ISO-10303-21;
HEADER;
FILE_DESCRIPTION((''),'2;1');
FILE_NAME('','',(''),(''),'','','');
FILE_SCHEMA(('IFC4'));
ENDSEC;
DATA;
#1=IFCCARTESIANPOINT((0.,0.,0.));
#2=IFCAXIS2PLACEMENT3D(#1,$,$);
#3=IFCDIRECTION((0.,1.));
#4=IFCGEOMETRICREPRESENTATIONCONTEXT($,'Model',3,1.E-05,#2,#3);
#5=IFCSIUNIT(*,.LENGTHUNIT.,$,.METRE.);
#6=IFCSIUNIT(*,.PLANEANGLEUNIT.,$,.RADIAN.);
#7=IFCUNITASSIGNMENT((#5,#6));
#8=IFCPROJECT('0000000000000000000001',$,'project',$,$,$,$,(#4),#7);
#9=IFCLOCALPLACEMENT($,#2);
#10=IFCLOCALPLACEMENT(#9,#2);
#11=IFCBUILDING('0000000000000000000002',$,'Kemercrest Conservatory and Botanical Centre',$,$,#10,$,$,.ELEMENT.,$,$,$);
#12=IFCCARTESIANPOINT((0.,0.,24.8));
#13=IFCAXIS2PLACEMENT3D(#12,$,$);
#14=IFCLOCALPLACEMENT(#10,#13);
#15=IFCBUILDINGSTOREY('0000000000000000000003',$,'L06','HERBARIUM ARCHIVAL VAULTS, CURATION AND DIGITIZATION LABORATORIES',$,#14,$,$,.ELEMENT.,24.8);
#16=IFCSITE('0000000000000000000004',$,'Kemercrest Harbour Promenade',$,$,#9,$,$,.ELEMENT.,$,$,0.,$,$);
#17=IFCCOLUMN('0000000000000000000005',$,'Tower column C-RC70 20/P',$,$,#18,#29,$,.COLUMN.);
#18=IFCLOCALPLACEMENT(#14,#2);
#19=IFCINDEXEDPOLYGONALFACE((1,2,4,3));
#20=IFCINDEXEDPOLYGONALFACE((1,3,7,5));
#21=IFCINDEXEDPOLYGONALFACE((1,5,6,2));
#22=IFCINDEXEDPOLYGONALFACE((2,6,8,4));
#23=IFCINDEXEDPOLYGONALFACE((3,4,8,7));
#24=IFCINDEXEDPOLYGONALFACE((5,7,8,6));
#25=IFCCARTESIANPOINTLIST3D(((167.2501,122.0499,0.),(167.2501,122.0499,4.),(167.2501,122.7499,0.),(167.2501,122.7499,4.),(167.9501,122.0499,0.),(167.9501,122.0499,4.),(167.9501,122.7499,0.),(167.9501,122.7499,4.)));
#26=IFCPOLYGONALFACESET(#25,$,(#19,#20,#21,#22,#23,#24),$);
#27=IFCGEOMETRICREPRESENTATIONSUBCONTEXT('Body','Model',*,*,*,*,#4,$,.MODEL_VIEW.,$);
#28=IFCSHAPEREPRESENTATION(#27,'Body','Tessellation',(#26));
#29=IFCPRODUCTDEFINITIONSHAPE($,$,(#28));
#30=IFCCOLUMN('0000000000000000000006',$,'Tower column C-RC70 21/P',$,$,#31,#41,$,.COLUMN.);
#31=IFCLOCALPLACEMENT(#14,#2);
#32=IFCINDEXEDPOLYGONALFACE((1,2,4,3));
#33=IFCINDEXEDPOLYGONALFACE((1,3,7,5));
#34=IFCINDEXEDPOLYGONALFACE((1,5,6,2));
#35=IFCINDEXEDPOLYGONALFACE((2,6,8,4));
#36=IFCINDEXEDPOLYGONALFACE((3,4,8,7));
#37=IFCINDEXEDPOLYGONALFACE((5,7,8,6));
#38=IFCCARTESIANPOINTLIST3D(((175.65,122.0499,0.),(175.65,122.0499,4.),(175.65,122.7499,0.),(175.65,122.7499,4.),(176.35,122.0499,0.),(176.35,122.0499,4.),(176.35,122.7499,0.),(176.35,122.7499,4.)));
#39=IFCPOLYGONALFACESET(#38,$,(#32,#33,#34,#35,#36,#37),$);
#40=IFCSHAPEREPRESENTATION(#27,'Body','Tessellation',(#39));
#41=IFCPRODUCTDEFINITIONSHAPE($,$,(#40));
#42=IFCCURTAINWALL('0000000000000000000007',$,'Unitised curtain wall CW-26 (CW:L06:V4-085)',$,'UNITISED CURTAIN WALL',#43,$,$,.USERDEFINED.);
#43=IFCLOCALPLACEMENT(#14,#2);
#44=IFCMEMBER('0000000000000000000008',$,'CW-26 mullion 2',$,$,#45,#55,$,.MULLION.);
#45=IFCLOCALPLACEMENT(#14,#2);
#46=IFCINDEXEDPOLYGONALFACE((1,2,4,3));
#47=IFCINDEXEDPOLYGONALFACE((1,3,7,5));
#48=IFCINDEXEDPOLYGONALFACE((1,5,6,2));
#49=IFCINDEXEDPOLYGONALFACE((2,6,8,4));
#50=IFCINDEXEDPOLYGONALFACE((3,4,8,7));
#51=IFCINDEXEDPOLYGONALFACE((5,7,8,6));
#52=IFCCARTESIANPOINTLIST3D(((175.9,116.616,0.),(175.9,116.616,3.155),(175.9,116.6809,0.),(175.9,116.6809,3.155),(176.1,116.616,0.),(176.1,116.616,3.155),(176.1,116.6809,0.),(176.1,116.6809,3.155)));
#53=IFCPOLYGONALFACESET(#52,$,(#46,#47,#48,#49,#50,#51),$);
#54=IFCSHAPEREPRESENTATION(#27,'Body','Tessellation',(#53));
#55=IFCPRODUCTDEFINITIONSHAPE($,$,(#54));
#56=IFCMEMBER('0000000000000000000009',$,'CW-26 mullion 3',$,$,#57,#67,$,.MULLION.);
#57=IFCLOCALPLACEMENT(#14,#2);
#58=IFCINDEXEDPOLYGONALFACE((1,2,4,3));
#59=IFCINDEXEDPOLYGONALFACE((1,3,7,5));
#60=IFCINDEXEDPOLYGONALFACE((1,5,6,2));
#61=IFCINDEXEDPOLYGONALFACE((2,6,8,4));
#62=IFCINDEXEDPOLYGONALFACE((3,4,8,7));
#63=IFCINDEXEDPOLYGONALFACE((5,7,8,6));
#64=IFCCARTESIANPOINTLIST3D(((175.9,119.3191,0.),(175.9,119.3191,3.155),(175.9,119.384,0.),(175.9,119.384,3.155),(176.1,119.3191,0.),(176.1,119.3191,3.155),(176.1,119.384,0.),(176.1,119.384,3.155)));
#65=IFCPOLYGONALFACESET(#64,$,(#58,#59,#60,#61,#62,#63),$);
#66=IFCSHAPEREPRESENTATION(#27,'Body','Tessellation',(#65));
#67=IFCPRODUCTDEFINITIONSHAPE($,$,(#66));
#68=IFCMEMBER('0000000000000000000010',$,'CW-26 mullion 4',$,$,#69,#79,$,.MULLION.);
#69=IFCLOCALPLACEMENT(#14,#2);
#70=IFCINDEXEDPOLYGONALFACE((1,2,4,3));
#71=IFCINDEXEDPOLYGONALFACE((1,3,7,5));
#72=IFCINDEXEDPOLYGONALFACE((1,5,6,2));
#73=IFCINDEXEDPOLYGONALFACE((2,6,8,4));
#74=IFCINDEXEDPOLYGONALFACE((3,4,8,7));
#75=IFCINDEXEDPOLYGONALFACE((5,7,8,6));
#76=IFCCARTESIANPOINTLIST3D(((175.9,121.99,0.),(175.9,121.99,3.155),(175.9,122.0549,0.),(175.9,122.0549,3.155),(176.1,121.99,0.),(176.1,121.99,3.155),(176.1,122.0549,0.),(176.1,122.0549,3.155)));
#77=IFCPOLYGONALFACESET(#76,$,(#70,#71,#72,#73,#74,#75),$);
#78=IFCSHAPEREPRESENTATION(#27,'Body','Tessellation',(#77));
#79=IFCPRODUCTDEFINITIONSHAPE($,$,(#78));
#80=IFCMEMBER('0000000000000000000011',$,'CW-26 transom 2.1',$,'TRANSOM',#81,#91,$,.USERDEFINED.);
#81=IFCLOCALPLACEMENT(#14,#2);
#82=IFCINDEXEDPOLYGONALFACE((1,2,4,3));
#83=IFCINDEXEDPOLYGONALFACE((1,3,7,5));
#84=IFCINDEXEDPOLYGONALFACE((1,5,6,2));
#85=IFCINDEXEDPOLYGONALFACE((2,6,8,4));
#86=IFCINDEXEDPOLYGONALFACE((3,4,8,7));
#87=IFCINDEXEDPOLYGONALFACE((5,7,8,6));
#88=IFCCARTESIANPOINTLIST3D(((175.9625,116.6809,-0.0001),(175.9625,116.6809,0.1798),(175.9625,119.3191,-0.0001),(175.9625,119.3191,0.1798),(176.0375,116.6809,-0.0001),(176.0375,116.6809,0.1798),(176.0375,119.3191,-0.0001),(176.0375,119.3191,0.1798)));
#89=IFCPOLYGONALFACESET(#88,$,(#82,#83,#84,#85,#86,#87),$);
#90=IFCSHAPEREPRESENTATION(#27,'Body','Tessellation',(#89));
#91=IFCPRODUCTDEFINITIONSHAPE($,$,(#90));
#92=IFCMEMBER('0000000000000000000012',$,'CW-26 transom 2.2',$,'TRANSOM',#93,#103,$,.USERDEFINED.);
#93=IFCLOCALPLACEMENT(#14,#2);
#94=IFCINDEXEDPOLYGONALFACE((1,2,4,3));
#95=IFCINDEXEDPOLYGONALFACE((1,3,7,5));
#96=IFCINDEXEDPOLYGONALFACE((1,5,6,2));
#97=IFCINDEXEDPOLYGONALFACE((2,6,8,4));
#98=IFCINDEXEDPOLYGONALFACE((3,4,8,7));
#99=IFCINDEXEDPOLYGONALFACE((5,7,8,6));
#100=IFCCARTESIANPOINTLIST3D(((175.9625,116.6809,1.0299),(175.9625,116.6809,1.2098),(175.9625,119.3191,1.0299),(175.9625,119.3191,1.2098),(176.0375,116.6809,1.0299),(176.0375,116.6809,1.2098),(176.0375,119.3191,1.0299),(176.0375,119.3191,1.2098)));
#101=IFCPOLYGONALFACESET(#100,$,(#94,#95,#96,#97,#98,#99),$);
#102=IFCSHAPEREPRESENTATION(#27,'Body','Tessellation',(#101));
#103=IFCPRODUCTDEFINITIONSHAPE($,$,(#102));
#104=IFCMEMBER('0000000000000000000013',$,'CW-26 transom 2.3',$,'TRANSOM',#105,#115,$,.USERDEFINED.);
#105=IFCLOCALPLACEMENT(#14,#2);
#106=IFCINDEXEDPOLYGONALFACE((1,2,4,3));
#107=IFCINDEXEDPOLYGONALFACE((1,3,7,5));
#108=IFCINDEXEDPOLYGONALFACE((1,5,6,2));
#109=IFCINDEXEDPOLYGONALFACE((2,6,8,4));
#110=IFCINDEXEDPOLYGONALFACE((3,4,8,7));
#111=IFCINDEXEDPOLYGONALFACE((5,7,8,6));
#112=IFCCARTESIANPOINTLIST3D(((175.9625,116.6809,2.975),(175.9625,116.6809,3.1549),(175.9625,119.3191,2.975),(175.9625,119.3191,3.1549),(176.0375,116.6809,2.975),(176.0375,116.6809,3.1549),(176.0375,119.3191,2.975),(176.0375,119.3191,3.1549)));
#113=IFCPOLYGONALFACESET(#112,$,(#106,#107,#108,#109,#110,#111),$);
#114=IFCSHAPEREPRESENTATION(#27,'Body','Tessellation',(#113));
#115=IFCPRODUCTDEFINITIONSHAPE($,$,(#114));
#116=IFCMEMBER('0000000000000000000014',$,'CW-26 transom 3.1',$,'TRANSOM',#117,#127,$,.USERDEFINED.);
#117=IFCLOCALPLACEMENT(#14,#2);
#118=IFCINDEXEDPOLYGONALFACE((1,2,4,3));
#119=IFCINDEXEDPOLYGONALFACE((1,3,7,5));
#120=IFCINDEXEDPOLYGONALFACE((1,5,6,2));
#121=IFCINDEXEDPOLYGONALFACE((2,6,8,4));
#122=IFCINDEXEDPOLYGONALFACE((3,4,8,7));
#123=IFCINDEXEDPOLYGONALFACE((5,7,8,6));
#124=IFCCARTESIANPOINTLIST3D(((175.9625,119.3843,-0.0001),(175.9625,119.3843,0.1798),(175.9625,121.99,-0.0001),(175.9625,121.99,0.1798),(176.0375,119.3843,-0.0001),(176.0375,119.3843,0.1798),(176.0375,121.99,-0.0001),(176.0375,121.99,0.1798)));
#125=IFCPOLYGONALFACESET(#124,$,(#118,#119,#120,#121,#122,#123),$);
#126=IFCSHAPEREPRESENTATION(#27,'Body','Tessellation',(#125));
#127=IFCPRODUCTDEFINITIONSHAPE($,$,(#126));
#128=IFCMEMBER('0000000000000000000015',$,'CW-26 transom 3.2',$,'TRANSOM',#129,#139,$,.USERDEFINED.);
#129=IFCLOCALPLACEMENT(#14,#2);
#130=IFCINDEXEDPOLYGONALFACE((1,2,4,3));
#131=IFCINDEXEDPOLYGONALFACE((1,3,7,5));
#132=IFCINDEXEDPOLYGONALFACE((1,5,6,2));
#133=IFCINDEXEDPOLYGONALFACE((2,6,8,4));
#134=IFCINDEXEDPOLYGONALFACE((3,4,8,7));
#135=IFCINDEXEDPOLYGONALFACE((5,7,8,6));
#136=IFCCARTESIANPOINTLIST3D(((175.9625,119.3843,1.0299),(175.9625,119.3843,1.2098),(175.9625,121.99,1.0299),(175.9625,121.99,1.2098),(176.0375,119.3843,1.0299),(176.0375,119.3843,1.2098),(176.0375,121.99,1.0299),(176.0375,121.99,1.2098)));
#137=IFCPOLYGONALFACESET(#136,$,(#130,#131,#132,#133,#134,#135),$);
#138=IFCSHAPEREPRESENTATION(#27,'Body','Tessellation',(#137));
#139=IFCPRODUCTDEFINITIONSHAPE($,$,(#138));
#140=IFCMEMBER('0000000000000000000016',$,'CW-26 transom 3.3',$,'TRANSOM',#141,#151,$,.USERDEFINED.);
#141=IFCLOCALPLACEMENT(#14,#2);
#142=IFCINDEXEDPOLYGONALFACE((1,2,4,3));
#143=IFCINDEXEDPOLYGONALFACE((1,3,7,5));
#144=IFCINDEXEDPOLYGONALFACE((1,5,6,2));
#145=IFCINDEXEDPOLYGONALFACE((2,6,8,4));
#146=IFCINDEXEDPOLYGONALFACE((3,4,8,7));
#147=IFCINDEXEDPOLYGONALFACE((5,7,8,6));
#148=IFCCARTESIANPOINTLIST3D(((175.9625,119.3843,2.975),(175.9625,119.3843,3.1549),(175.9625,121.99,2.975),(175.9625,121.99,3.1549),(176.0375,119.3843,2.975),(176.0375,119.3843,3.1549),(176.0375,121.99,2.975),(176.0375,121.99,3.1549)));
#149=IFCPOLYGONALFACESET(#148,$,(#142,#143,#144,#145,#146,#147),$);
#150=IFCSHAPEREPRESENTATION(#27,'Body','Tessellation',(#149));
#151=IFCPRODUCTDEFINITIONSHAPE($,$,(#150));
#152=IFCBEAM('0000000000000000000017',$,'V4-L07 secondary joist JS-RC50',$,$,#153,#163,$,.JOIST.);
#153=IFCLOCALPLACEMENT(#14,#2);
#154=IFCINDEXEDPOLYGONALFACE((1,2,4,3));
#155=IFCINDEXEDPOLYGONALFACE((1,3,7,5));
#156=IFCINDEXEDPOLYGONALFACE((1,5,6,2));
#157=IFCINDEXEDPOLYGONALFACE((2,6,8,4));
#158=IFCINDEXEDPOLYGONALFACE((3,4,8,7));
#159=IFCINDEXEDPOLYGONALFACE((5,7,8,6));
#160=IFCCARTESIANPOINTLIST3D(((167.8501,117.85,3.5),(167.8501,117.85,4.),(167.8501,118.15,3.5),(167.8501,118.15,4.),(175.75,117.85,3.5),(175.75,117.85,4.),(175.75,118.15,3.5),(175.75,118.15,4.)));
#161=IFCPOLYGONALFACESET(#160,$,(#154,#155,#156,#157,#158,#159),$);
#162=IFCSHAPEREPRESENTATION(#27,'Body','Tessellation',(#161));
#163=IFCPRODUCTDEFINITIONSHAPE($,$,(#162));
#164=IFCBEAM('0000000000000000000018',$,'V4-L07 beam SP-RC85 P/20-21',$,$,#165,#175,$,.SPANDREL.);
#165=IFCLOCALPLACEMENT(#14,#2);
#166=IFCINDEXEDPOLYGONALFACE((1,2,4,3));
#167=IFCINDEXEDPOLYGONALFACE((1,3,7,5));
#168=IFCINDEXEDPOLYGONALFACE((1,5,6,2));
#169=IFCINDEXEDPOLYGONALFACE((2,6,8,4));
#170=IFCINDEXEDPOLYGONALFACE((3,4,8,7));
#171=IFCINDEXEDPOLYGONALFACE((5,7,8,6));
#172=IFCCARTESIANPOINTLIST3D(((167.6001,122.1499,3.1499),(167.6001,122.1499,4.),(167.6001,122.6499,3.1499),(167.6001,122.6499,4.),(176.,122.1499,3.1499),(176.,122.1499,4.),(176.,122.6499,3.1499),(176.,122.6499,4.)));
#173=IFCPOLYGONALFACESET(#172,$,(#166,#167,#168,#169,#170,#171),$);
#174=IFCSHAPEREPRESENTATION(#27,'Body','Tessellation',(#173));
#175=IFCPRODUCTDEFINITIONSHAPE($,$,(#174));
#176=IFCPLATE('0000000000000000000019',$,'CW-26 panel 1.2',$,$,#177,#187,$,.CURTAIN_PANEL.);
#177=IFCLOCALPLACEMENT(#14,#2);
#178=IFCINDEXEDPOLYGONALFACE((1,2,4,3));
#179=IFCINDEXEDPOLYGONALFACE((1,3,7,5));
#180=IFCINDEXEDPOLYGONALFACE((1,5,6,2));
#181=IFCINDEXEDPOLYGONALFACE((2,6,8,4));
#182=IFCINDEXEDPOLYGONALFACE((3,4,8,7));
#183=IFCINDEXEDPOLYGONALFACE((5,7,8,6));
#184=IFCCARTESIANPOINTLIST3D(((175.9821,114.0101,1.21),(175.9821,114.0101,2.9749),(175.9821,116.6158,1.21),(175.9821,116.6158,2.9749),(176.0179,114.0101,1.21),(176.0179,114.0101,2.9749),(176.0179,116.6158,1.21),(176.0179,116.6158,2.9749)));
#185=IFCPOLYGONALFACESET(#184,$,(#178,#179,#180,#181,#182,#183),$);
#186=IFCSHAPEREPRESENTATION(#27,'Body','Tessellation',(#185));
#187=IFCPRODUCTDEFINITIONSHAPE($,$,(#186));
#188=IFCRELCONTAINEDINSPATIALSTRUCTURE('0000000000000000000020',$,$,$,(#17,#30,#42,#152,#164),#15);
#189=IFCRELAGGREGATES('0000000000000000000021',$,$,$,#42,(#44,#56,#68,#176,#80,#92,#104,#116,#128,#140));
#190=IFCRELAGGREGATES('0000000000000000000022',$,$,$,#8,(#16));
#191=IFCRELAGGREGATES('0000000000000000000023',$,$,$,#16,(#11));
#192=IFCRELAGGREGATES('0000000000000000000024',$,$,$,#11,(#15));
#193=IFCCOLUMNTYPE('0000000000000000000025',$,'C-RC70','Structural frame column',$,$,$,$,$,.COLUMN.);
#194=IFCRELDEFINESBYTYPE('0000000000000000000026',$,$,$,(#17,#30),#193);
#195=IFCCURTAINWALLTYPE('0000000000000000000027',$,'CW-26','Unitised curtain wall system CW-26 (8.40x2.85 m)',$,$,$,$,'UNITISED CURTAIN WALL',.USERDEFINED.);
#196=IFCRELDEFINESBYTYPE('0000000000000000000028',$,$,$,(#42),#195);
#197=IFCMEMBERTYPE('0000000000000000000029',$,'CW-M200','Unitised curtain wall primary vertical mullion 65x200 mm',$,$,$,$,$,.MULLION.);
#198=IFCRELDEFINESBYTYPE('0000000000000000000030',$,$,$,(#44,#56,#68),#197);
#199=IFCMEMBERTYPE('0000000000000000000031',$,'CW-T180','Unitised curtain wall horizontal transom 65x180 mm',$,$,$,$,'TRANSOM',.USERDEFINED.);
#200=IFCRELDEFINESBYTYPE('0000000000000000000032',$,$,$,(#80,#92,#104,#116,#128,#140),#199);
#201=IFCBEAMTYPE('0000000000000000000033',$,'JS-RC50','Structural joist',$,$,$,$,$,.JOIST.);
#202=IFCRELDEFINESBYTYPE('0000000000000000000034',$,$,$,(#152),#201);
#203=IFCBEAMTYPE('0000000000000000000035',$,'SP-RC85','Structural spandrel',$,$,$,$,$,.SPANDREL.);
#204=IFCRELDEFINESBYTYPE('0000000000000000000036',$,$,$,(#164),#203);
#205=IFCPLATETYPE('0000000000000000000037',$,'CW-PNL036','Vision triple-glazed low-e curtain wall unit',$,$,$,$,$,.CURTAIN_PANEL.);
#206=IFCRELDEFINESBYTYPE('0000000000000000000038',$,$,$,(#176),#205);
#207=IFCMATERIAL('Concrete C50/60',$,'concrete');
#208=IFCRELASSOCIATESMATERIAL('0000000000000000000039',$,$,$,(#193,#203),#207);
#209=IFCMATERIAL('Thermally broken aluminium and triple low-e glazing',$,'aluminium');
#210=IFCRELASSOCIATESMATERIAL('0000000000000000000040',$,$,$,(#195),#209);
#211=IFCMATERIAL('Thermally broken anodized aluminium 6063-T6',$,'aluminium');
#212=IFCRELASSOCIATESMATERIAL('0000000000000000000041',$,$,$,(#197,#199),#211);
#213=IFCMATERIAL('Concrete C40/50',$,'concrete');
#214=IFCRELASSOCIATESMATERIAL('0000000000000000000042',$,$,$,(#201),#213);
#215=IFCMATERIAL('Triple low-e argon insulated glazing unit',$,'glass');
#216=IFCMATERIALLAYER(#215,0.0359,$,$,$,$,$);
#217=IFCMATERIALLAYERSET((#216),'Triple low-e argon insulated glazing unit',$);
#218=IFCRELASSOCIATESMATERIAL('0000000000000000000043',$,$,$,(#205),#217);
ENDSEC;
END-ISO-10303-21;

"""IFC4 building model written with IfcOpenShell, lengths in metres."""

from ifc_helpers import new_model, si_unit, direction, frame, origin, origin_2d, place, context, subcontext, project, spatial, rectangle, extrude, material, layer, layer_set, material_profile, profile_set, type_object, element, aggregate, save


model = new_model("IFC4")

# Units and contexts
model_context = context("Model", 3, precision=1e-05, world=origin(), true_north=direction((0.0, 1.0)))
body_context = subcontext(model_context, "Body", "Model", "MODEL_VIEW")
ifc_project = project(units=[si_unit("LENGTHUNIT", "METRE"), si_unit("PLANEANGLEUNIT", "RADIAN")], contexts=[model_context])

# Site, building, storey
site_placement = place(None, origin())
site = spatial("IfcSite", under=ifc_project, at=site_placement, Name="Kemercrest Harbour Promenade", CompositionType="ELEMENT", RefElevation=0.0)
building_placement = place(site_placement, origin())
building = spatial("IfcBuilding", under=site, at=building_placement, Name="Kemercrest Conservatory and Botanical Centre", CompositionType="ELEMENT")
storey_placement = place(building_placement, frame((0.0, 0.0, 24.8)))
storey = spatial("IfcBuildingStorey", under=building, at=storey_placement, Name="L06", Description="HERBARIUM ARCHIVAL VAULTS, CURATION AND DIGITIZATION LABORATORIES", CompositionType="ELEMENT", Elevation=24.8)

# Columns
ifc_material_1 = material(Name="Concrete C50/60", Category="concrete")
ifc_material_profile_1 = material_profile(ifc_material_1, rectangle(XDim=0.7, YDim=0.7, at=origin_2d()), Name="RC 700x700")
ifc_profile_set_1 = profile_set([ifc_material_profile_1], Name="Concrete C50/60")
column_type = type_object("IfcColumnType", Name="C-RC70", Description="Structural frame column", PredefinedType="COLUMN", material=ifc_profile_set_1)
for number, where, z_axis, x_axis, name in (
    (1, (167.6001, 122.3999, 0.0), (0.0, 0.0, 1.0), (1.0, 0.0, 0.0), "Tower column C-RC70 20/P"),
    (2, (176.0, 122.3999, 0.0), (0.0, 0.0, 1.0), (1.0, 0.0, 0.0), "Tower column C-RC70 21/P"),
):
    element("IfcColumn", number, at=place(storey_placement, frame(where, z_axis=z_axis, x_axis=x_axis)), inside=storey, type_object=column_type, Name=name, PredefinedType="COLUMN", context=body_context, shape_type="SweptSolid", body=[
        extrude(rectangle(XDim=0.7, YDim=0.7, at=origin_2d()), origin(), (0.0, 0.0, 1.0), 4.0),
    ])

# Curtain wall, members
ifc_material_2 = material(Name="Thermally broken aluminium and triple low-e glazing", Category="aluminium")
curtain_wall_type = type_object("IfcCurtainWallType", Name="CW-26", Description="Unitised curtain wall system CW-26 (8.40x2.85 m)", ElementType="UNITISED CURTAIN WALL", PredefinedType="USERDEFINED", material=ifc_material_2)
curtain_wall_placement = place(storey_placement, origin())
curtain_wall = element("IfcCurtainWall", 3, at=curtain_wall_placement, inside=storey, type_object=curtain_wall_type, Name="Unitised curtain wall CW-26 (CW:L06:V4-085)", ObjectType="UNITISED CURTAIN WALL", PredefinedType="USERDEFINED")
ifc_material_3 = material(Name="Thermally broken anodized aluminium 6063-T6", Category="aluminium")
ifc_material_profile_2 = material_profile(ifc_material_3, rectangle(XDim=0.2, YDim=0.0649, at=origin_2d()), Name="AL MULLION 65x200")
ifc_profile_set_2 = profile_set([ifc_material_profile_2], Name="Thermally broken anodized aluminium 6063-T6")
member_type_1 = type_object("IfcMemberType", Name="CW-M200", Description="Unitised curtain wall primary vertical mullion 65x200 mm", PredefinedType="MULLION", material=ifc_profile_set_2)
member_1_placement = place(storey_placement, frame((176.0, 116.6484, 0.0), z_axis=(0.0, 0.0, 1.0), x_axis=(-1.0, 0.0, 0.0)))
member_1 = element("IfcMember", 4, at=member_1_placement, type_object=member_type_1, Name="CW-26 mullion 2", PredefinedType="MULLION", context=body_context, shape_type="SweptSolid", body=[
    extrude(rectangle(XDim=0.2, YDim=0.0649, at=origin_2d()), origin(), (0.0, 0.0, 1.0), 3.155),
])
member_2_placement = place(storey_placement, frame((176.0, 119.3516, 0.0), z_axis=(0.0, 0.0, 1.0), x_axis=(-1.0, 0.0, 0.0)))
member_2 = element("IfcMember", 5, at=member_2_placement, type_object=member_type_1, Name="CW-26 mullion 3", PredefinedType="MULLION", context=body_context, shape_type="SweptSolid", body=[
    extrude(rectangle(XDim=0.2, YDim=0.0649, at=origin_2d()), origin(), (0.0, 0.0, 1.0), 3.155),
])
member_3_placement = place(storey_placement, frame((176.0, 122.0225, 0.0), z_axis=(0.0, 0.0, 1.0), x_axis=(-1.0, 0.0, 0.0)))
member_3 = element("IfcMember", 6, at=member_3_placement, type_object=member_type_1, Name="CW-26 mullion 4", PredefinedType="MULLION", context=body_context, shape_type="SweptSolid", body=[
    extrude(rectangle(XDim=0.2, YDim=0.0649, at=origin_2d()), origin(), (0.0, 0.0, 1.0), 3.155),
])
ifc_material_profile_3 = material_profile(ifc_material_3, rectangle(XDim=0.075, YDim=0.1799, at=origin_2d()), Name="AL TRANSOM 75x180")
ifc_profile_set_3 = profile_set([ifc_material_profile_3], Name="Thermally broken anodized aluminium 6063-T6")
member_type_2 = type_object("IfcMemberType", Name="CW-T180", Description="Unitised curtain wall horizontal transom 65x180 mm", ElementType="TRANSOM", PredefinedType="USERDEFINED", material=ifc_profile_set_3)
member_4_placement = place(storey_placement, frame((176.0, 116.6809, 0.0898), z_axis=(0.0, 1.0, 0.0), x_axis=(-1.0, 0.0, 0.0)))
member_4 = element("IfcMember", 7, at=member_4_placement, type_object=member_type_2, Name="CW-26 transom 2.1", ObjectType="TRANSOM", PredefinedType="USERDEFINED", context=body_context, shape_type="SweptSolid", body=[
    extrude(rectangle(XDim=0.075, YDim=0.1799, at=origin_2d()), origin(), (0.0, 0.0, 1.0), 2.6382),
])
member_5_placement = place(storey_placement, frame((176.0, 116.6809, 1.1199), z_axis=(0.0, 1.0, 0.0), x_axis=(-1.0, 0.0, 0.0)))
member_5 = element("IfcMember", 8, at=member_5_placement, type_object=member_type_2, Name="CW-26 transom 2.2", ObjectType="TRANSOM", PredefinedType="USERDEFINED", context=body_context, shape_type="SweptSolid", body=[
    extrude(rectangle(XDim=0.075, YDim=0.1799, at=origin_2d()), origin(), (0.0, 0.0, 1.0), 2.6382),
])
member_6_placement = place(storey_placement, frame((176.0, 116.6809, 3.0649), z_axis=(0.0, 1.0, 0.0), x_axis=(-1.0, 0.0, 0.0)))
member_6 = element("IfcMember", 9, at=member_6_placement, type_object=member_type_2, Name="CW-26 transom 2.3", ObjectType="TRANSOM", PredefinedType="USERDEFINED", context=body_context, shape_type="SweptSolid", body=[
    extrude(rectangle(XDim=0.075, YDim=0.1799, at=origin_2d()), origin(), (0.0, 0.0, 1.0), 2.6382),
])
member_7_placement = place(storey_placement, frame((176.0, 119.3843, 0.0898), z_axis=(0.0, 1.0, 0.0), x_axis=(-1.0, 0.0, 0.0)))
member_7 = element("IfcMember", 10, at=member_7_placement, type_object=member_type_2, Name="CW-26 transom 3.1", ObjectType="TRANSOM", PredefinedType="USERDEFINED", context=body_context, shape_type="SweptSolid", body=[
    extrude(rectangle(XDim=0.075, YDim=0.1799, at=origin_2d()), origin(), (0.0, 0.0, 1.0), 2.6057),
])
member_8_placement = place(storey_placement, frame((176.0, 119.3843, 1.1199), z_axis=(0.0, 1.0, 0.0), x_axis=(-1.0, 0.0, 0.0)))
member_8 = element("IfcMember", 11, at=member_8_placement, type_object=member_type_2, Name="CW-26 transom 3.2", ObjectType="TRANSOM", PredefinedType="USERDEFINED", context=body_context, shape_type="SweptSolid", body=[
    extrude(rectangle(XDim=0.075, YDim=0.1799, at=origin_2d()), origin(), (0.0, 0.0, 1.0), 2.6057),
])
member_9_placement = place(storey_placement, frame((176.0, 119.3843, 3.0649), z_axis=(0.0, 1.0, 0.0), x_axis=(-1.0, 0.0, 0.0)))
member_9 = element("IfcMember", 12, at=member_9_placement, type_object=member_type_2, Name="CW-26 transom 3.3", ObjectType="TRANSOM", PredefinedType="USERDEFINED", context=body_context, shape_type="SweptSolid", body=[
    extrude(rectangle(XDim=0.075, YDim=0.1799, at=origin_2d()), origin(), (0.0, 0.0, 1.0), 2.6057),
])

# Beams
ifc_material_4 = material(Name="Concrete C40/50", Category="concrete")
ifc_material_profile_4 = material_profile(ifc_material_4, rectangle(XDim=0.3, YDim=0.5, at=origin_2d()), Name="RC 300x500")
ifc_profile_set_4 = profile_set([ifc_material_profile_4], Name="Concrete C40/50")
beam_type_1 = type_object("IfcBeamType", Name="JS-RC50", Description="Structural joist", PredefinedType="JOIST", material=ifc_profile_set_4)
beam_1_placement = place(storey_placement, frame((167.8501, 118.0, 3.75), z_axis=(1.0, 0.0, 0.0), x_axis=(0.0, 1.0, 0.0)))
element("IfcBeam", 13, at=beam_1_placement, inside=storey, type_object=beam_type_1, Name="V4-L07 secondary joist JS-RC50", PredefinedType="JOIST", context=body_context, shape_type="SweptSolid", body=[
    extrude(rectangle(XDim=0.3, YDim=0.5, at=origin_2d()), origin(), (0.0, 0.0, 1.0), 7.8999),
])
ifc_material_profile_5 = material_profile(ifc_material_1, rectangle(XDim=0.5, YDim=0.8501, at=origin_2d()), Name="RC 500x850")
ifc_profile_set_5 = profile_set([ifc_material_profile_5], Name="Concrete C50/60")
beam_type_2 = type_object("IfcBeamType", Name="SP-RC85", Description="Structural spandrel", PredefinedType="SPANDREL", material=ifc_profile_set_5)
beam_2_placement = place(storey_placement, frame((167.6001, 122.3999, 3.575), z_axis=(1.0, 0.0, 0.0), x_axis=(0.0, 1.0, 0.0)))
element("IfcBeam", 14, at=beam_2_placement, inside=storey, type_object=beam_type_2, Name="V4-L07 beam SP-RC85 P/20-21", PredefinedType="SPANDREL", context=body_context, shape_type="SweptSolid", body=[
    extrude(rectangle(XDim=0.5, YDim=0.8501, at=origin_2d()), origin(), (0.0, 0.0, 1.0), 8.3999),
])

# Plate
ifc_material_5 = material(Name="Triple low-e argon insulated glazing unit", Category="glass")
ifc_layer_1 = layer(ifc_material_5, 0.0359)
ifc_layer_set_1 = layer_set([ifc_layer_1], Name="Triple low-e argon insulated glazing unit")
plate_type = type_object("IfcPlateType", Name="CW-PNL036", Description="Vision triple-glazed low-e curtain wall unit", PredefinedType="CURTAIN_PANEL", material=ifc_layer_set_1)
plate_1_placement = place(storey_placement, frame((176.0, 115.313, 1.21), z_axis=(0.0, 0.0, 1.0), x_axis=(0.0, 1.0, 0.0)))
plate_1 = element("IfcPlate", 15, at=plate_1_placement, type_object=plate_type, Name="CW-26 panel 1.2", PredefinedType="CURTAIN_PANEL", context=body_context, shape_type="SweptSolid", body=[
    extrude(rectangle(XDim=2.6057, YDim=0.0359, at=origin_2d()), origin(), (0.0, 0.0, 1.0), 1.7649),
])
aggregate(curtain_wall, [member_1, member_2, member_3, plate_1, member_4, member_5, member_6, member_7, member_8, member_9])

save(model, "model.ifc")
